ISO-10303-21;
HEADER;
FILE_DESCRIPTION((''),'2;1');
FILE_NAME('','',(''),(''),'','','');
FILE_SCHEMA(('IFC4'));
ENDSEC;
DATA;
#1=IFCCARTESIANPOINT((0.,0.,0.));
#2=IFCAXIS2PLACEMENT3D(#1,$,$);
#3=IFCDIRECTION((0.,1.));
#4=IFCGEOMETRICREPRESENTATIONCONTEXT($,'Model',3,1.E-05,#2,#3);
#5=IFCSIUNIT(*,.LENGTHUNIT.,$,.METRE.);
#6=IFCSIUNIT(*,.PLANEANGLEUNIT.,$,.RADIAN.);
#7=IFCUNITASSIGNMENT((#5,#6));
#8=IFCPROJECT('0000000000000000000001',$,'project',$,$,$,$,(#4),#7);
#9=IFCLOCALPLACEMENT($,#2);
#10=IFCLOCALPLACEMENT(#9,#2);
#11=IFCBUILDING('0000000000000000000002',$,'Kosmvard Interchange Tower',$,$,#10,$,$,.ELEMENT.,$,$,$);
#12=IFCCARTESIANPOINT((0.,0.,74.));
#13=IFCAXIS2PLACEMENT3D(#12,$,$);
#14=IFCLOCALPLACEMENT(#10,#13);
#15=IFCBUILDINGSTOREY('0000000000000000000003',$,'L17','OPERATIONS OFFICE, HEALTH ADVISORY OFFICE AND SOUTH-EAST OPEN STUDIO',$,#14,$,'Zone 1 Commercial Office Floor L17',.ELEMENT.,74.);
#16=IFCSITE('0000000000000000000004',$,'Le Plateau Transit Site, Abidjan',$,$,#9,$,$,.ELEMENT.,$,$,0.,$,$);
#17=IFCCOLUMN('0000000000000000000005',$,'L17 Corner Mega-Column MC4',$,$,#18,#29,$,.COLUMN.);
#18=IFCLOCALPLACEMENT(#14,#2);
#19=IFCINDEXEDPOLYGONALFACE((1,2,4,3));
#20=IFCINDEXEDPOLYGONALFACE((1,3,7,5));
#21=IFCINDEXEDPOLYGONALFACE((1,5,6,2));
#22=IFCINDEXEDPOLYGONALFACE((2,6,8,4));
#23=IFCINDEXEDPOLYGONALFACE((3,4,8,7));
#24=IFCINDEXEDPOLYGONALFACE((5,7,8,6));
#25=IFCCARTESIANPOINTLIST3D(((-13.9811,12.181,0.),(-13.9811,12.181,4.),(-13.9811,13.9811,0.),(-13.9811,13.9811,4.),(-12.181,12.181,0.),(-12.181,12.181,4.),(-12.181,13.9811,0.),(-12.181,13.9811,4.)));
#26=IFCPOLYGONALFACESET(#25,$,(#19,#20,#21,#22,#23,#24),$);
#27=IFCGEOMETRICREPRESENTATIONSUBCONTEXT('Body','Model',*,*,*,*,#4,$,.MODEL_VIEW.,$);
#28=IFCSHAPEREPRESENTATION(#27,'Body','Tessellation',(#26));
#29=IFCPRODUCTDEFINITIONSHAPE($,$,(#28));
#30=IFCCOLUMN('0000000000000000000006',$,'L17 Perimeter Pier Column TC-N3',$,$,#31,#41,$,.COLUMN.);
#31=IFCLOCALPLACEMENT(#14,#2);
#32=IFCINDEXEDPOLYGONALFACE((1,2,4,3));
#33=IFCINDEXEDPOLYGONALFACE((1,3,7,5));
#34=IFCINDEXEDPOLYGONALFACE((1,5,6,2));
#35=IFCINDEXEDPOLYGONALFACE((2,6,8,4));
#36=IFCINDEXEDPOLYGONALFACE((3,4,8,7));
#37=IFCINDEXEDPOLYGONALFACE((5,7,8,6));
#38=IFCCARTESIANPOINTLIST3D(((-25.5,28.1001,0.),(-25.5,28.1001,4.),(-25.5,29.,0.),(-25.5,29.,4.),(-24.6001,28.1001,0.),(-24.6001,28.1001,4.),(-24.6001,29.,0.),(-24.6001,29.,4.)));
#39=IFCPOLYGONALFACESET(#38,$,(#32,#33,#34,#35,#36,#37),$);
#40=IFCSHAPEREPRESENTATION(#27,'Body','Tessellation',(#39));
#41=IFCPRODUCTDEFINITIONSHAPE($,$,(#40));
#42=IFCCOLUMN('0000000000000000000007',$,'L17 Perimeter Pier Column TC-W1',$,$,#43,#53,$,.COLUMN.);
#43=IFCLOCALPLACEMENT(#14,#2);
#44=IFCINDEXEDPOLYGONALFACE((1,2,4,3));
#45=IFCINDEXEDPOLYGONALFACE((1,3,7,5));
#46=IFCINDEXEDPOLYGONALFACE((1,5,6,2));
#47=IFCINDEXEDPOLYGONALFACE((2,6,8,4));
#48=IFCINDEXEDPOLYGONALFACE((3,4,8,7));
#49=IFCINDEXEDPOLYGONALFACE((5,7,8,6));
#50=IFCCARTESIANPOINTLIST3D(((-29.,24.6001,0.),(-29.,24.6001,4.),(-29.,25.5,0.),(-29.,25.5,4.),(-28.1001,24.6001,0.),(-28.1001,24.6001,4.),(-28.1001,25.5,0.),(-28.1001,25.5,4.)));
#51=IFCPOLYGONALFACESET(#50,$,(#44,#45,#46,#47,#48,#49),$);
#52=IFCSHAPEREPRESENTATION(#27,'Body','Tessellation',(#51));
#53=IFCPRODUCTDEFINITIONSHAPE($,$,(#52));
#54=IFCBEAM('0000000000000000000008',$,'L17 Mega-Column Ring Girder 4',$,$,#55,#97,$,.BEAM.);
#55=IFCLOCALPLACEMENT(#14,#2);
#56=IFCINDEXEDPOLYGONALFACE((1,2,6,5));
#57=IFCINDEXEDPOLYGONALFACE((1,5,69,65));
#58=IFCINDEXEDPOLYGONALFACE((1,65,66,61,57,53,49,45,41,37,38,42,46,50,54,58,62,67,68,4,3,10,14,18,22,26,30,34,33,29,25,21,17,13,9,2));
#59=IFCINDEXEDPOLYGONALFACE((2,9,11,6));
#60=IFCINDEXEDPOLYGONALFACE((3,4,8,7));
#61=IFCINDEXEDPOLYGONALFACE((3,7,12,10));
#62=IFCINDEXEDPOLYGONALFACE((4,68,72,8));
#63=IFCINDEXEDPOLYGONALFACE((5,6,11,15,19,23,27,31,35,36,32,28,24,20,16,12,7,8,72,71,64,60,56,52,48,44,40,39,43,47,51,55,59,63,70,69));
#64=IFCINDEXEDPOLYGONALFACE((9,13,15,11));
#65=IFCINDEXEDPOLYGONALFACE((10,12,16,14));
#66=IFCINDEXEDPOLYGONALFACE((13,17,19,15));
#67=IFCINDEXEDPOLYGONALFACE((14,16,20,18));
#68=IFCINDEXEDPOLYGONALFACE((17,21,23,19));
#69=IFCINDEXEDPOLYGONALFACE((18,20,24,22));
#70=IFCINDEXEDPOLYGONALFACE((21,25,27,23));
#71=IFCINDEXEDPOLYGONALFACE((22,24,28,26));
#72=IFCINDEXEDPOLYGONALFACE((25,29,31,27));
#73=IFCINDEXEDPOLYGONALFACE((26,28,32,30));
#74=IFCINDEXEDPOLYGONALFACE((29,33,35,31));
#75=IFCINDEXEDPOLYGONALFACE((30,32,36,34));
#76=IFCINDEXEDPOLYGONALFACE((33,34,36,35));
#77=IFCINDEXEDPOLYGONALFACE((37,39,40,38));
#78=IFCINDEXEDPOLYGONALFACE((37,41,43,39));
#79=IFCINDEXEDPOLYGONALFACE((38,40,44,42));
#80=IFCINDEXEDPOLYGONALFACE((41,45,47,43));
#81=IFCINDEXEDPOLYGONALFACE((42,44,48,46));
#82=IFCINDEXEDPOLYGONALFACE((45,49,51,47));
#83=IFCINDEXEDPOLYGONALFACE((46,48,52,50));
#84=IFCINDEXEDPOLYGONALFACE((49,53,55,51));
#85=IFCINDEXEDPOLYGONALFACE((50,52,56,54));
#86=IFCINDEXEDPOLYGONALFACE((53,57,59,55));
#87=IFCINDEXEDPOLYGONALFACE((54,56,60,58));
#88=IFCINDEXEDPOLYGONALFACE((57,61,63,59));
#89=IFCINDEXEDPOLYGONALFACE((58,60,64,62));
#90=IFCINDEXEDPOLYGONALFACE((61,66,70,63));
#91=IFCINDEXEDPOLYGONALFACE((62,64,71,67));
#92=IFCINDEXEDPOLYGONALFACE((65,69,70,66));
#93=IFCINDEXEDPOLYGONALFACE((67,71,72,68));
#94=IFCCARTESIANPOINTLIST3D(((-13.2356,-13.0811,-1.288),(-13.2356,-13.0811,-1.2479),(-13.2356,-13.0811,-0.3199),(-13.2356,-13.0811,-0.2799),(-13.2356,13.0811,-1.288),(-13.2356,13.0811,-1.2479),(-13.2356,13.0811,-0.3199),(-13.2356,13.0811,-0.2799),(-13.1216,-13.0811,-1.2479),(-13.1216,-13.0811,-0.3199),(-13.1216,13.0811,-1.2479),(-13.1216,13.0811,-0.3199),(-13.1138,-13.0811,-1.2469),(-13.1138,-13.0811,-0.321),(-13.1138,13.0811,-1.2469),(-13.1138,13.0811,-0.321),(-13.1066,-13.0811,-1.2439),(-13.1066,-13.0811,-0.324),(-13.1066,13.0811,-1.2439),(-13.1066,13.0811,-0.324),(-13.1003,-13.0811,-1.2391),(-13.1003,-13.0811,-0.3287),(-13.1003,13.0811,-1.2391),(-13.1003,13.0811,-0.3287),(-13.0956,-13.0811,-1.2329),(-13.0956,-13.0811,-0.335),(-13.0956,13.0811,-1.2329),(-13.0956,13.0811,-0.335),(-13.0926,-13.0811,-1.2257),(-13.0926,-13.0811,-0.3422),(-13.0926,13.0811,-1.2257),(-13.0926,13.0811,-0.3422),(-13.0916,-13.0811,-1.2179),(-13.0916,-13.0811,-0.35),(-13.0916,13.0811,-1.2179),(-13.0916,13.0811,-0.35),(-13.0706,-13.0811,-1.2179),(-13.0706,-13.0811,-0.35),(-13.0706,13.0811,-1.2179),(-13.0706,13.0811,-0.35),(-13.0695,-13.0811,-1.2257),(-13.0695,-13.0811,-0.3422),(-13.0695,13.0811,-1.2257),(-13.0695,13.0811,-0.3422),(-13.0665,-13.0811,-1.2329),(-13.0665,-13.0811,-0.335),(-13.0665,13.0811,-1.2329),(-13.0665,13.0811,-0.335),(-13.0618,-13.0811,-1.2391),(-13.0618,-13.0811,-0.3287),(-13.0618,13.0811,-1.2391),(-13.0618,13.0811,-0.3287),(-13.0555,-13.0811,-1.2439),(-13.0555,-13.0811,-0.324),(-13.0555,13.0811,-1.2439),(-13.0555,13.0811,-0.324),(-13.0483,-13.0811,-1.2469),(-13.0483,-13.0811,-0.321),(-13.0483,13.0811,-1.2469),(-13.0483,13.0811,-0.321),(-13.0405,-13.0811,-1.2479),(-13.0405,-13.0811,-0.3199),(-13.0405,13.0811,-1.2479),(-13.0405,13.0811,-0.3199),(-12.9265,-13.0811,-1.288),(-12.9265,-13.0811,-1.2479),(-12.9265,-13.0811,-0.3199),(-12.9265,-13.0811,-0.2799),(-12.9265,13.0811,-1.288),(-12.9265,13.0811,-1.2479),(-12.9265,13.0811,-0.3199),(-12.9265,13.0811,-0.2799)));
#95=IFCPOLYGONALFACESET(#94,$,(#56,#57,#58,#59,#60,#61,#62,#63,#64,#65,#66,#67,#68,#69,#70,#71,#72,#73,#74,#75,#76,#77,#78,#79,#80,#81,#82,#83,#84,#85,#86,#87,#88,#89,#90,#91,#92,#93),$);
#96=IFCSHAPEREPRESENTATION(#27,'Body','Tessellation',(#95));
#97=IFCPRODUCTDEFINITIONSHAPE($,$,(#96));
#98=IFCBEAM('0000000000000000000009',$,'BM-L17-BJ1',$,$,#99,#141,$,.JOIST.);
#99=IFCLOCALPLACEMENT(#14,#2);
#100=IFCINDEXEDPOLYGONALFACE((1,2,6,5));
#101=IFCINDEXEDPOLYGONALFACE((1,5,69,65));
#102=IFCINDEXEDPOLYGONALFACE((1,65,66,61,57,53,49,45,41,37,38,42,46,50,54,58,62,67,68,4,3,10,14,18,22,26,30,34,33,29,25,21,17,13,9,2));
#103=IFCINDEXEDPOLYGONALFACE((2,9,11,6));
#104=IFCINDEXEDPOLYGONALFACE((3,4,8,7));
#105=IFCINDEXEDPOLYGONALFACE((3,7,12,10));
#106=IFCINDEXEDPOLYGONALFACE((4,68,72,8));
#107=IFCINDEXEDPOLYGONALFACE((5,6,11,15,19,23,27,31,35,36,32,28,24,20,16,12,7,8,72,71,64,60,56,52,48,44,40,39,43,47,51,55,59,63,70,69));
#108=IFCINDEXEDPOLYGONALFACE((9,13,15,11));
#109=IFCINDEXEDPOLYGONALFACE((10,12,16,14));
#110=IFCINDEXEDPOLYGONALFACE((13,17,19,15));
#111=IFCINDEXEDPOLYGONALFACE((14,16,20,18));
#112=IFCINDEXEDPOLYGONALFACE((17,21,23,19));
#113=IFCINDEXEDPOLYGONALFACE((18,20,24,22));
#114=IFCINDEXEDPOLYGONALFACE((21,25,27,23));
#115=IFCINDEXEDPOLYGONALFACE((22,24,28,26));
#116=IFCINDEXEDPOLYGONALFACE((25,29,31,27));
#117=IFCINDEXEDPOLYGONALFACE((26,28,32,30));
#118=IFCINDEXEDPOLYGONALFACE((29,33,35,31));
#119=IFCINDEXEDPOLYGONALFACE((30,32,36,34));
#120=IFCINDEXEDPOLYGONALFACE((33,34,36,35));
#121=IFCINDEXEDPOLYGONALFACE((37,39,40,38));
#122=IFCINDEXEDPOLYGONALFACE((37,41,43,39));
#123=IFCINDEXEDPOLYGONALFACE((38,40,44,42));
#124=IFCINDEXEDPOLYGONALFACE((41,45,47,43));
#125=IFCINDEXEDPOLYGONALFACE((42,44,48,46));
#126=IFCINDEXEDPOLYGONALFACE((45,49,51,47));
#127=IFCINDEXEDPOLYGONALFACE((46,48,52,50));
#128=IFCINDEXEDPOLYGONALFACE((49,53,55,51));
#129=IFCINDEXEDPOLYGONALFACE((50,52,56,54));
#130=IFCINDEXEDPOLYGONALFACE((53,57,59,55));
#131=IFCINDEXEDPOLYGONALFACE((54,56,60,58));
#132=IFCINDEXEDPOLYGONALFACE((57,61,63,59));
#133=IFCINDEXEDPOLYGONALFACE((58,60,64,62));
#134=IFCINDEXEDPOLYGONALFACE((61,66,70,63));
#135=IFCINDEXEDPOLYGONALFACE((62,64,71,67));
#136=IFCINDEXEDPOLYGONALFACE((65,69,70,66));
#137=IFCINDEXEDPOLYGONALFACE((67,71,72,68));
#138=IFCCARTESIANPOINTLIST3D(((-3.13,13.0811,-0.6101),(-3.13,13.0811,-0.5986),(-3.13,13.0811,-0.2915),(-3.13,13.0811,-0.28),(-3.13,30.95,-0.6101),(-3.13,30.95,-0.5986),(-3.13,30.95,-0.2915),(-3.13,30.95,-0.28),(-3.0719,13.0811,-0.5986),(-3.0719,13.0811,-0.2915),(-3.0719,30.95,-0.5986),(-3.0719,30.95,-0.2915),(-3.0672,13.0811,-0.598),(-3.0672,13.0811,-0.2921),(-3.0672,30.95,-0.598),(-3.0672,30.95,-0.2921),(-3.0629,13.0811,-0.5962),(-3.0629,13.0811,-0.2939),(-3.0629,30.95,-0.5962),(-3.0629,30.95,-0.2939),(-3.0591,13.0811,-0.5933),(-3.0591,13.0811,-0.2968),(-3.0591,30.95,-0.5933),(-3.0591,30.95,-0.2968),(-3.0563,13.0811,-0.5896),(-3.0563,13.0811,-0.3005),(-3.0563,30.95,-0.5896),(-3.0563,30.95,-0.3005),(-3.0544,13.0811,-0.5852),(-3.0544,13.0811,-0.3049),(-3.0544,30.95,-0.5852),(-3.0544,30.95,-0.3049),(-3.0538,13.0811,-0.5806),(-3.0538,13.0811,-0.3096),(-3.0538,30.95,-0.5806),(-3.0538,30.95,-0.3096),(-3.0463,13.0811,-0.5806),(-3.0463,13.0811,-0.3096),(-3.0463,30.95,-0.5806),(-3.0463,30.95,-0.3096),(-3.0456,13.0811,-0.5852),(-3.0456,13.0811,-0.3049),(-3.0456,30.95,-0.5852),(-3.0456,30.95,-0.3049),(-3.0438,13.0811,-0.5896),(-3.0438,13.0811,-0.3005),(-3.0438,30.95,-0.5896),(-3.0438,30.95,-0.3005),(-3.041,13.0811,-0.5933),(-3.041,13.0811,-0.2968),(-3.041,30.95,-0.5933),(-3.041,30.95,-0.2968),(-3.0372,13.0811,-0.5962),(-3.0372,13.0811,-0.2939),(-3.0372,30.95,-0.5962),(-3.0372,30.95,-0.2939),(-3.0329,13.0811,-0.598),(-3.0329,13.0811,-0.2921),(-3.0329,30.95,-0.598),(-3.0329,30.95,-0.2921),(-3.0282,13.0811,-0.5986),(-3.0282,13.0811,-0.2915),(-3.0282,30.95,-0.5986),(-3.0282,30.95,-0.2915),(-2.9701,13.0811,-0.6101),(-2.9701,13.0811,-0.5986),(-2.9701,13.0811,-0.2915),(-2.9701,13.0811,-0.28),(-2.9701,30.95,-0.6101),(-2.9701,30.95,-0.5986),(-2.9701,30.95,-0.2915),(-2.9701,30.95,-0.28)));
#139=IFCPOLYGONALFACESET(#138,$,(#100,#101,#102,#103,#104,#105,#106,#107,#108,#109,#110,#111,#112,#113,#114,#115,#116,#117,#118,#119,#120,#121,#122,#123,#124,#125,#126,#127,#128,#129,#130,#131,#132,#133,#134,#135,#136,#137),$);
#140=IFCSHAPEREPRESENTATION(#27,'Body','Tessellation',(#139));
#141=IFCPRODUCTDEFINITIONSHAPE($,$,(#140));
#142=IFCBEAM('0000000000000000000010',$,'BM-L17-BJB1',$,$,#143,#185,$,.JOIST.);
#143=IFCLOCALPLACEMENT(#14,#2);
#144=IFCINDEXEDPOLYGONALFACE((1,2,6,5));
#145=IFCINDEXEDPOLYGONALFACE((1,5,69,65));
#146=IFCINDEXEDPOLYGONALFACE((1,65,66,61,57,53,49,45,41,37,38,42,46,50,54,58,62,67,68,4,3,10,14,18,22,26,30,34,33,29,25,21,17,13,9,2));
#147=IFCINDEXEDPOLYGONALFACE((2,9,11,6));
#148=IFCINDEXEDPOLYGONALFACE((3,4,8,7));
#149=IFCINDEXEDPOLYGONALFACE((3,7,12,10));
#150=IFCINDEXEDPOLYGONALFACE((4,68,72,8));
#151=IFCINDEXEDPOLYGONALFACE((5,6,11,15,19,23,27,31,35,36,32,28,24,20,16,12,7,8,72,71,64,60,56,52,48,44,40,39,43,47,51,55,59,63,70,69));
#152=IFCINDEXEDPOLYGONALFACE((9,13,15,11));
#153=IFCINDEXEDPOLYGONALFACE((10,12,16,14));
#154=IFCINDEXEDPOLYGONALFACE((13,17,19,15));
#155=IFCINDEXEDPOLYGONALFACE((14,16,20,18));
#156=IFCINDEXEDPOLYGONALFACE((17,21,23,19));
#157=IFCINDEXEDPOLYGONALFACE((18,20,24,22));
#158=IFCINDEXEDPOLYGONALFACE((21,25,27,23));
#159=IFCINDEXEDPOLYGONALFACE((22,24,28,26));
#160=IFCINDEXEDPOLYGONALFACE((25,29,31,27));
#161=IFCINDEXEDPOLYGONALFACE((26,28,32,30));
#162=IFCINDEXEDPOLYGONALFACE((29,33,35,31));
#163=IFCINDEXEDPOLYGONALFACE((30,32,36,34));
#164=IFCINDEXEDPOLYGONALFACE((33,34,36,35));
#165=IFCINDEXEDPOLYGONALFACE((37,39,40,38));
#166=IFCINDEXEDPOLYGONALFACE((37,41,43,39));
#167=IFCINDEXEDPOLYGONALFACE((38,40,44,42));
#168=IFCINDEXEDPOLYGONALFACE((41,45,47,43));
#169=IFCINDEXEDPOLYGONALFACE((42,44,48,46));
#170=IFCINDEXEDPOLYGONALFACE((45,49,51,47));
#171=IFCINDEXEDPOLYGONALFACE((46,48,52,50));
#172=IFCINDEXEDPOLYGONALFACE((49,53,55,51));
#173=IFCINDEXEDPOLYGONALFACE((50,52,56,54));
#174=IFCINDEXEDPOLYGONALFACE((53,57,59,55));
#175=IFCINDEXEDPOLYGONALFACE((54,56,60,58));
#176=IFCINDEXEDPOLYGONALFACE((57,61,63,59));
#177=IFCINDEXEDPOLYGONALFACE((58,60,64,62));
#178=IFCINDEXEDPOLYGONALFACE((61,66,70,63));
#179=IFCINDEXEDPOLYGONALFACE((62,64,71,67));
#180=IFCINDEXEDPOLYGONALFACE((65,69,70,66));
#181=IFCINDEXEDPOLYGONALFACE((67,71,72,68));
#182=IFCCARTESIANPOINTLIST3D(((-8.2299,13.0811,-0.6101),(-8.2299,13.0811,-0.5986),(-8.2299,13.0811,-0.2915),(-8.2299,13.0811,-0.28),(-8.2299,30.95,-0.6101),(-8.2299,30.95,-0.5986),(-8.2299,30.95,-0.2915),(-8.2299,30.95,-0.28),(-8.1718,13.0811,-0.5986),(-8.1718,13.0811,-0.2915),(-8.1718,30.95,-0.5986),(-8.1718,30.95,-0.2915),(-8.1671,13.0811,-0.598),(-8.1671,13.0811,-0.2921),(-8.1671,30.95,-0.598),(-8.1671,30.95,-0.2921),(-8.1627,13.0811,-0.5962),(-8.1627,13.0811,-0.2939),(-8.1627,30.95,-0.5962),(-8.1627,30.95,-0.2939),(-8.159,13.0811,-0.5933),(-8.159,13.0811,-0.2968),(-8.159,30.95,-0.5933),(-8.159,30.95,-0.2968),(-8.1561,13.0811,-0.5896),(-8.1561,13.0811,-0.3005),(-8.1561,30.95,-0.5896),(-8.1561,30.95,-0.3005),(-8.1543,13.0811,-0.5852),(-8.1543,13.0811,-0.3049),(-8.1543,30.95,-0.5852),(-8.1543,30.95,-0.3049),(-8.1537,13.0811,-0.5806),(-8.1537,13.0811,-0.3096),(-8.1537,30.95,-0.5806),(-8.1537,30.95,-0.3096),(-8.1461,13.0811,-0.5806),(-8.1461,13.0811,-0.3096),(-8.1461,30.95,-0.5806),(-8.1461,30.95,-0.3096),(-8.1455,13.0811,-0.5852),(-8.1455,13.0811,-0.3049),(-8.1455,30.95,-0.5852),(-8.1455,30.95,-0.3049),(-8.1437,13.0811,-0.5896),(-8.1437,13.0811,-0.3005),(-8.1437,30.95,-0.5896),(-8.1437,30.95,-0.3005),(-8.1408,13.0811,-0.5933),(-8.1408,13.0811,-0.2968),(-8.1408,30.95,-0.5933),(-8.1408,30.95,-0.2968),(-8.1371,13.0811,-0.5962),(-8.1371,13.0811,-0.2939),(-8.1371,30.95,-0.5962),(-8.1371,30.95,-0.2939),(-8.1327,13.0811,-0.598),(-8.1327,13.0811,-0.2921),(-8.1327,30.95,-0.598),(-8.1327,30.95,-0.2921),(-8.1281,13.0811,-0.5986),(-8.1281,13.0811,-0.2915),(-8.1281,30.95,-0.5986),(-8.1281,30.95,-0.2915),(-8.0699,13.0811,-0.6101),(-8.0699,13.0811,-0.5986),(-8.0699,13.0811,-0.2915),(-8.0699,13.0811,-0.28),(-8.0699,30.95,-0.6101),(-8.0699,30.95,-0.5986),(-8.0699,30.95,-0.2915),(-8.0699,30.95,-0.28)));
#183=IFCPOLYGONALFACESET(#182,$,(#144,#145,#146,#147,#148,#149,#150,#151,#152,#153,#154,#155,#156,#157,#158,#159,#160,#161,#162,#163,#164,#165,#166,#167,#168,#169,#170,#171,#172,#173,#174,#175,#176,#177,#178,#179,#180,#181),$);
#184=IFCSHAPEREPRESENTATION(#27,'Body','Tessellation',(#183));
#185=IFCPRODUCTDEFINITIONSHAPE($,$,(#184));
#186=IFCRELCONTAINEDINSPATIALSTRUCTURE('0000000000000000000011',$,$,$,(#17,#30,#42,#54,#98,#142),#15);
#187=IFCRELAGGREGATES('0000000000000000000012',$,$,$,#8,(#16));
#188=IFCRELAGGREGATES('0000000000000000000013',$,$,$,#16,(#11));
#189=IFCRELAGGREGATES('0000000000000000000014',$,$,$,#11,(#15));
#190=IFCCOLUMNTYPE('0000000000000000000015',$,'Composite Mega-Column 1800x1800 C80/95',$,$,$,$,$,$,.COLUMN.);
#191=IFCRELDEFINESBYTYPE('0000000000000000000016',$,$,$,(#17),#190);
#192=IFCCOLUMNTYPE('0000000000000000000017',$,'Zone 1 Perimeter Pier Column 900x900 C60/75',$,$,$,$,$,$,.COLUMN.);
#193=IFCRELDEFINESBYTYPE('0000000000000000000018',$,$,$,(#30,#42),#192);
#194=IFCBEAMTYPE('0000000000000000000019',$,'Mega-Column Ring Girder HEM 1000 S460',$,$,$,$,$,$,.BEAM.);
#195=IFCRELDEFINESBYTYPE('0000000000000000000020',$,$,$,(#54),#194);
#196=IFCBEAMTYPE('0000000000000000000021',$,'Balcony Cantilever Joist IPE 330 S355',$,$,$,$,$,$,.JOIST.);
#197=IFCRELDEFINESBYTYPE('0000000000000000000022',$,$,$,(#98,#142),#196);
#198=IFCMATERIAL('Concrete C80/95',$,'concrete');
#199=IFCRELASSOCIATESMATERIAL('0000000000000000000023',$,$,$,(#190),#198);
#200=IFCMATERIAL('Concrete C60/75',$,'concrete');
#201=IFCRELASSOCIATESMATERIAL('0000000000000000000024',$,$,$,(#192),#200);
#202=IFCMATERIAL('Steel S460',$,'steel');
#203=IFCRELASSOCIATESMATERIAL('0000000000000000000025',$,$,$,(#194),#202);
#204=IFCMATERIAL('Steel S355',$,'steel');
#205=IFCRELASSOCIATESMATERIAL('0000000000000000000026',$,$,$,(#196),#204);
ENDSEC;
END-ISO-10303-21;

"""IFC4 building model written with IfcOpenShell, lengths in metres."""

from ifc_helpers import new_model, si_unit, direction, frame, origin, origin_2d, place, context, subcontext, project, spatial, rectangle, i_section, extrude, source, transform, mapped, material, material_profile, profile_set, type_object, element, save


model = new_model("IFC4")

# Units and contexts
model_context = context("Model", 3, precision=1e-05, world=origin(), true_north=direction((0.0, 1.0)))
body_context = subcontext(model_context, "Body", "Model", "MODEL_VIEW")
ifc_project = project(units=[si_unit("LENGTHUNIT", "METRE"), si_unit("PLANEANGLEUNIT", "RADIAN")], contexts=[model_context])

# Site, building, storey
site_placement = place(None, origin())
site = spatial("IfcSite", under=ifc_project, at=site_placement, Name="Le Plateau Transit Site, Abidjan", CompositionType="ELEMENT", RefElevation=0.0)
building_placement = place(site_placement, origin())
building = spatial("IfcBuilding", under=site, at=building_placement, Name="Kosmvard Interchange Tower", CompositionType="ELEMENT")
storey_placement = place(building_placement, frame((0.0, 0.0, 74.0)))
storey = spatial("IfcBuildingStorey", under=building, at=storey_placement, Name="L17", Description="OPERATIONS OFFICE, HEALTH ADVISORY OFFICE AND SOUTH-EAST OPEN STUDIO", LongName="Zone 1 Commercial Office Floor L17", CompositionType="ELEMENT", Elevation=74.0)

# Columns
ifc_material_1 = material(Name="Concrete C80/95", Category="concrete")
ifc_material_profile_1 = material_profile(ifc_material_1, rectangle(XDim=1.8, YDim=1.8, at=origin_2d()), Name="MC 1800x1800")
ifc_profile_set_1 = profile_set([ifc_material_profile_1], Name="Concrete C80/95")
column_type_1 = type_object("IfcColumnType", Name="Composite Mega-Column 1800x1800 C80/95", PredefinedType="COLUMN", material=ifc_profile_set_1)
shared_shape_1 = source(origin(), body_context, "Body", "SweptSolid", [
    extrude(rectangle(XDim=1.8, YDim=1.8, at=origin_2d()), origin(), (0.0, 0.0, 1.0), 4.0),
])
column_placement = place(storey_placement, frame((-13.0811, 13.0811, 0.0), z_axis=(0.0, 0.0, 1.0), x_axis=(1.0, 0.0, 0.0)))
element("IfcColumn", 1, at=column_placement, inside=storey, type_object=column_type_1, Name="L17 Corner Mega-Column MC4", PredefinedType="COLUMN", context=body_context, shape_type="MappedRepresentation", body=[
    mapped(shared_shape_1, transform((0.0, 0.0, 0.0), scale=1.0)),
])
ifc_material_2 = material(Name="Concrete C60/75", Category="concrete")
ifc_material_profile_2 = material_profile(ifc_material_2, rectangle(XDim=0.8999, YDim=0.8999, at=origin_2d()), Name="TC 900x900")
ifc_profile_set_2 = profile_set([ifc_material_profile_2], Name="Concrete C60/75")
column_type_2 = type_object("IfcColumnType", Name="Zone 1 Perimeter Pier Column 900x900 C60/75", PredefinedType="COLUMN", material=ifc_profile_set_2)
shared_shape_2 = source(origin(), body_context, "Body", "SweptSolid", [
    extrude(rectangle(XDim=0.8999, YDim=0.8999, at=origin_2d()), origin(), (0.0, 0.0, 1.0), 4.0),
])
for number, where, z_axis, x_axis, name in (
    (2, (-25.05, 28.55, 0.0), (0.0, 0.0, 1.0), (1.0, 0.0, 0.0), "L17 Perimeter Pier Column TC-N3"),
    (3, (-28.55, 25.05, 0.0), (0.0, 0.0, 1.0), (1.0, 0.0, 0.0), "L17 Perimeter Pier Column TC-W1"),
):
    element("IfcColumn", number, at=place(storey_placement, frame(where, z_axis=z_axis, x_axis=x_axis)), inside=storey, type_object=column_type_2, Name=name, PredefinedType="COLUMN", context=body_context, shape_type="MappedRepresentation", body=[
        mapped(shared_shape_2, transform((0.0, 0.0, 0.0), scale=1.0)),
    ])

# Beams
ifc_material_3 = material(Name="Steel S460", Category="steel")
ifc_material_profile_3 = material_profile(ifc_material_3, i_section(OverallWidth=0.3091, OverallDepth=1.0081, WebThickness=0.021, FlangeThickness=0.04, FilletRadius=0.03, at=origin_2d()), Name="HEM 1000")
ifc_profile_set_3 = profile_set([ifc_material_profile_3], Name="Steel S460")
beam_type_1 = type_object("IfcBeamType", Name="Mega-Column Ring Girder HEM 1000 S460", PredefinedType="BEAM", material=ifc_profile_set_3)
shared_shape_3 = source(origin(), body_context, "Body", "SweptSolid", [
    extrude(i_section(OverallWidth=0.3091, OverallDepth=1.0081, WebThickness=0.021, FlangeThickness=0.04, FilletRadius=0.03, at=origin_2d()), origin(), (0.0, 0.0, 1.0), 26.1621),
])
beam_1_placement = place(storey_placement, frame((-13.0811, 13.0811, -0.7839), z_axis=(0.0, -1.0, 0.0), x_axis=(1.0, 0.0, 0.0)))
element("IfcBeam", 4, at=beam_1_placement, inside=storey, type_object=beam_type_1, Name="L17 Mega-Column Ring Girder 4", PredefinedType="BEAM", context=body_context, shape_type="MappedRepresentation", body=[
    mapped(shared_shape_3, transform((0.0, 0.0, 0.0), scale=1.0)),
])
ifc_material_4 = material(Name="Steel S355", Category="steel")
ifc_material_profile_4 = material_profile(ifc_material_4, i_section(OverallWidth=0.1599, OverallDepth=0.3301, WebThickness=0.0076, FlangeThickness=0.0115, FilletRadius=0.0181, at=origin_2d()), Name="IPE 330")
ifc_profile_set_4 = profile_set([ifc_material_profile_4], Name="Steel S355")
beam_type_2 = type_object("IfcBeamType", Name="Balcony Cantilever Joist IPE 330 S355", PredefinedType="JOIST", material=ifc_profile_set_4)
shared_shape_4 = source(origin(), body_context, "Body", "SweptSolid", [
    extrude(i_section(OverallWidth=0.1599, OverallDepth=0.3301, WebThickness=0.0076, FlangeThickness=0.0115, FilletRadius=0.0181, at=origin_2d()), origin(), (0.0, 0.0, 1.0), 17.8689),
])
for number, where, z_axis, x_axis, name in (
    (5, (-3.05, 13.0811, -0.4451), (0.0, 1.0, 0.0), (-1.0, 0.0, 0.0), "BM-L17-BJ1"),
    (6, (-8.1499, 13.0811, -0.4451), (0.0, 1.0, 0.0), (-1.0, 0.0, 0.0), "BM-L17-BJB1"),
):
    element("IfcBeam", number, at=place(storey_placement, frame(where, z_axis=z_axis, x_axis=x_axis)), inside=storey, type_object=beam_type_2, Name=name, PredefinedType="JOIST", context=body_context, shape_type="MappedRepresentation", body=[
        mapped(shared_shape_4, transform((0.0, 0.0, 0.0), scale=1.0)),
    ])

save(model, "model.ifc")
